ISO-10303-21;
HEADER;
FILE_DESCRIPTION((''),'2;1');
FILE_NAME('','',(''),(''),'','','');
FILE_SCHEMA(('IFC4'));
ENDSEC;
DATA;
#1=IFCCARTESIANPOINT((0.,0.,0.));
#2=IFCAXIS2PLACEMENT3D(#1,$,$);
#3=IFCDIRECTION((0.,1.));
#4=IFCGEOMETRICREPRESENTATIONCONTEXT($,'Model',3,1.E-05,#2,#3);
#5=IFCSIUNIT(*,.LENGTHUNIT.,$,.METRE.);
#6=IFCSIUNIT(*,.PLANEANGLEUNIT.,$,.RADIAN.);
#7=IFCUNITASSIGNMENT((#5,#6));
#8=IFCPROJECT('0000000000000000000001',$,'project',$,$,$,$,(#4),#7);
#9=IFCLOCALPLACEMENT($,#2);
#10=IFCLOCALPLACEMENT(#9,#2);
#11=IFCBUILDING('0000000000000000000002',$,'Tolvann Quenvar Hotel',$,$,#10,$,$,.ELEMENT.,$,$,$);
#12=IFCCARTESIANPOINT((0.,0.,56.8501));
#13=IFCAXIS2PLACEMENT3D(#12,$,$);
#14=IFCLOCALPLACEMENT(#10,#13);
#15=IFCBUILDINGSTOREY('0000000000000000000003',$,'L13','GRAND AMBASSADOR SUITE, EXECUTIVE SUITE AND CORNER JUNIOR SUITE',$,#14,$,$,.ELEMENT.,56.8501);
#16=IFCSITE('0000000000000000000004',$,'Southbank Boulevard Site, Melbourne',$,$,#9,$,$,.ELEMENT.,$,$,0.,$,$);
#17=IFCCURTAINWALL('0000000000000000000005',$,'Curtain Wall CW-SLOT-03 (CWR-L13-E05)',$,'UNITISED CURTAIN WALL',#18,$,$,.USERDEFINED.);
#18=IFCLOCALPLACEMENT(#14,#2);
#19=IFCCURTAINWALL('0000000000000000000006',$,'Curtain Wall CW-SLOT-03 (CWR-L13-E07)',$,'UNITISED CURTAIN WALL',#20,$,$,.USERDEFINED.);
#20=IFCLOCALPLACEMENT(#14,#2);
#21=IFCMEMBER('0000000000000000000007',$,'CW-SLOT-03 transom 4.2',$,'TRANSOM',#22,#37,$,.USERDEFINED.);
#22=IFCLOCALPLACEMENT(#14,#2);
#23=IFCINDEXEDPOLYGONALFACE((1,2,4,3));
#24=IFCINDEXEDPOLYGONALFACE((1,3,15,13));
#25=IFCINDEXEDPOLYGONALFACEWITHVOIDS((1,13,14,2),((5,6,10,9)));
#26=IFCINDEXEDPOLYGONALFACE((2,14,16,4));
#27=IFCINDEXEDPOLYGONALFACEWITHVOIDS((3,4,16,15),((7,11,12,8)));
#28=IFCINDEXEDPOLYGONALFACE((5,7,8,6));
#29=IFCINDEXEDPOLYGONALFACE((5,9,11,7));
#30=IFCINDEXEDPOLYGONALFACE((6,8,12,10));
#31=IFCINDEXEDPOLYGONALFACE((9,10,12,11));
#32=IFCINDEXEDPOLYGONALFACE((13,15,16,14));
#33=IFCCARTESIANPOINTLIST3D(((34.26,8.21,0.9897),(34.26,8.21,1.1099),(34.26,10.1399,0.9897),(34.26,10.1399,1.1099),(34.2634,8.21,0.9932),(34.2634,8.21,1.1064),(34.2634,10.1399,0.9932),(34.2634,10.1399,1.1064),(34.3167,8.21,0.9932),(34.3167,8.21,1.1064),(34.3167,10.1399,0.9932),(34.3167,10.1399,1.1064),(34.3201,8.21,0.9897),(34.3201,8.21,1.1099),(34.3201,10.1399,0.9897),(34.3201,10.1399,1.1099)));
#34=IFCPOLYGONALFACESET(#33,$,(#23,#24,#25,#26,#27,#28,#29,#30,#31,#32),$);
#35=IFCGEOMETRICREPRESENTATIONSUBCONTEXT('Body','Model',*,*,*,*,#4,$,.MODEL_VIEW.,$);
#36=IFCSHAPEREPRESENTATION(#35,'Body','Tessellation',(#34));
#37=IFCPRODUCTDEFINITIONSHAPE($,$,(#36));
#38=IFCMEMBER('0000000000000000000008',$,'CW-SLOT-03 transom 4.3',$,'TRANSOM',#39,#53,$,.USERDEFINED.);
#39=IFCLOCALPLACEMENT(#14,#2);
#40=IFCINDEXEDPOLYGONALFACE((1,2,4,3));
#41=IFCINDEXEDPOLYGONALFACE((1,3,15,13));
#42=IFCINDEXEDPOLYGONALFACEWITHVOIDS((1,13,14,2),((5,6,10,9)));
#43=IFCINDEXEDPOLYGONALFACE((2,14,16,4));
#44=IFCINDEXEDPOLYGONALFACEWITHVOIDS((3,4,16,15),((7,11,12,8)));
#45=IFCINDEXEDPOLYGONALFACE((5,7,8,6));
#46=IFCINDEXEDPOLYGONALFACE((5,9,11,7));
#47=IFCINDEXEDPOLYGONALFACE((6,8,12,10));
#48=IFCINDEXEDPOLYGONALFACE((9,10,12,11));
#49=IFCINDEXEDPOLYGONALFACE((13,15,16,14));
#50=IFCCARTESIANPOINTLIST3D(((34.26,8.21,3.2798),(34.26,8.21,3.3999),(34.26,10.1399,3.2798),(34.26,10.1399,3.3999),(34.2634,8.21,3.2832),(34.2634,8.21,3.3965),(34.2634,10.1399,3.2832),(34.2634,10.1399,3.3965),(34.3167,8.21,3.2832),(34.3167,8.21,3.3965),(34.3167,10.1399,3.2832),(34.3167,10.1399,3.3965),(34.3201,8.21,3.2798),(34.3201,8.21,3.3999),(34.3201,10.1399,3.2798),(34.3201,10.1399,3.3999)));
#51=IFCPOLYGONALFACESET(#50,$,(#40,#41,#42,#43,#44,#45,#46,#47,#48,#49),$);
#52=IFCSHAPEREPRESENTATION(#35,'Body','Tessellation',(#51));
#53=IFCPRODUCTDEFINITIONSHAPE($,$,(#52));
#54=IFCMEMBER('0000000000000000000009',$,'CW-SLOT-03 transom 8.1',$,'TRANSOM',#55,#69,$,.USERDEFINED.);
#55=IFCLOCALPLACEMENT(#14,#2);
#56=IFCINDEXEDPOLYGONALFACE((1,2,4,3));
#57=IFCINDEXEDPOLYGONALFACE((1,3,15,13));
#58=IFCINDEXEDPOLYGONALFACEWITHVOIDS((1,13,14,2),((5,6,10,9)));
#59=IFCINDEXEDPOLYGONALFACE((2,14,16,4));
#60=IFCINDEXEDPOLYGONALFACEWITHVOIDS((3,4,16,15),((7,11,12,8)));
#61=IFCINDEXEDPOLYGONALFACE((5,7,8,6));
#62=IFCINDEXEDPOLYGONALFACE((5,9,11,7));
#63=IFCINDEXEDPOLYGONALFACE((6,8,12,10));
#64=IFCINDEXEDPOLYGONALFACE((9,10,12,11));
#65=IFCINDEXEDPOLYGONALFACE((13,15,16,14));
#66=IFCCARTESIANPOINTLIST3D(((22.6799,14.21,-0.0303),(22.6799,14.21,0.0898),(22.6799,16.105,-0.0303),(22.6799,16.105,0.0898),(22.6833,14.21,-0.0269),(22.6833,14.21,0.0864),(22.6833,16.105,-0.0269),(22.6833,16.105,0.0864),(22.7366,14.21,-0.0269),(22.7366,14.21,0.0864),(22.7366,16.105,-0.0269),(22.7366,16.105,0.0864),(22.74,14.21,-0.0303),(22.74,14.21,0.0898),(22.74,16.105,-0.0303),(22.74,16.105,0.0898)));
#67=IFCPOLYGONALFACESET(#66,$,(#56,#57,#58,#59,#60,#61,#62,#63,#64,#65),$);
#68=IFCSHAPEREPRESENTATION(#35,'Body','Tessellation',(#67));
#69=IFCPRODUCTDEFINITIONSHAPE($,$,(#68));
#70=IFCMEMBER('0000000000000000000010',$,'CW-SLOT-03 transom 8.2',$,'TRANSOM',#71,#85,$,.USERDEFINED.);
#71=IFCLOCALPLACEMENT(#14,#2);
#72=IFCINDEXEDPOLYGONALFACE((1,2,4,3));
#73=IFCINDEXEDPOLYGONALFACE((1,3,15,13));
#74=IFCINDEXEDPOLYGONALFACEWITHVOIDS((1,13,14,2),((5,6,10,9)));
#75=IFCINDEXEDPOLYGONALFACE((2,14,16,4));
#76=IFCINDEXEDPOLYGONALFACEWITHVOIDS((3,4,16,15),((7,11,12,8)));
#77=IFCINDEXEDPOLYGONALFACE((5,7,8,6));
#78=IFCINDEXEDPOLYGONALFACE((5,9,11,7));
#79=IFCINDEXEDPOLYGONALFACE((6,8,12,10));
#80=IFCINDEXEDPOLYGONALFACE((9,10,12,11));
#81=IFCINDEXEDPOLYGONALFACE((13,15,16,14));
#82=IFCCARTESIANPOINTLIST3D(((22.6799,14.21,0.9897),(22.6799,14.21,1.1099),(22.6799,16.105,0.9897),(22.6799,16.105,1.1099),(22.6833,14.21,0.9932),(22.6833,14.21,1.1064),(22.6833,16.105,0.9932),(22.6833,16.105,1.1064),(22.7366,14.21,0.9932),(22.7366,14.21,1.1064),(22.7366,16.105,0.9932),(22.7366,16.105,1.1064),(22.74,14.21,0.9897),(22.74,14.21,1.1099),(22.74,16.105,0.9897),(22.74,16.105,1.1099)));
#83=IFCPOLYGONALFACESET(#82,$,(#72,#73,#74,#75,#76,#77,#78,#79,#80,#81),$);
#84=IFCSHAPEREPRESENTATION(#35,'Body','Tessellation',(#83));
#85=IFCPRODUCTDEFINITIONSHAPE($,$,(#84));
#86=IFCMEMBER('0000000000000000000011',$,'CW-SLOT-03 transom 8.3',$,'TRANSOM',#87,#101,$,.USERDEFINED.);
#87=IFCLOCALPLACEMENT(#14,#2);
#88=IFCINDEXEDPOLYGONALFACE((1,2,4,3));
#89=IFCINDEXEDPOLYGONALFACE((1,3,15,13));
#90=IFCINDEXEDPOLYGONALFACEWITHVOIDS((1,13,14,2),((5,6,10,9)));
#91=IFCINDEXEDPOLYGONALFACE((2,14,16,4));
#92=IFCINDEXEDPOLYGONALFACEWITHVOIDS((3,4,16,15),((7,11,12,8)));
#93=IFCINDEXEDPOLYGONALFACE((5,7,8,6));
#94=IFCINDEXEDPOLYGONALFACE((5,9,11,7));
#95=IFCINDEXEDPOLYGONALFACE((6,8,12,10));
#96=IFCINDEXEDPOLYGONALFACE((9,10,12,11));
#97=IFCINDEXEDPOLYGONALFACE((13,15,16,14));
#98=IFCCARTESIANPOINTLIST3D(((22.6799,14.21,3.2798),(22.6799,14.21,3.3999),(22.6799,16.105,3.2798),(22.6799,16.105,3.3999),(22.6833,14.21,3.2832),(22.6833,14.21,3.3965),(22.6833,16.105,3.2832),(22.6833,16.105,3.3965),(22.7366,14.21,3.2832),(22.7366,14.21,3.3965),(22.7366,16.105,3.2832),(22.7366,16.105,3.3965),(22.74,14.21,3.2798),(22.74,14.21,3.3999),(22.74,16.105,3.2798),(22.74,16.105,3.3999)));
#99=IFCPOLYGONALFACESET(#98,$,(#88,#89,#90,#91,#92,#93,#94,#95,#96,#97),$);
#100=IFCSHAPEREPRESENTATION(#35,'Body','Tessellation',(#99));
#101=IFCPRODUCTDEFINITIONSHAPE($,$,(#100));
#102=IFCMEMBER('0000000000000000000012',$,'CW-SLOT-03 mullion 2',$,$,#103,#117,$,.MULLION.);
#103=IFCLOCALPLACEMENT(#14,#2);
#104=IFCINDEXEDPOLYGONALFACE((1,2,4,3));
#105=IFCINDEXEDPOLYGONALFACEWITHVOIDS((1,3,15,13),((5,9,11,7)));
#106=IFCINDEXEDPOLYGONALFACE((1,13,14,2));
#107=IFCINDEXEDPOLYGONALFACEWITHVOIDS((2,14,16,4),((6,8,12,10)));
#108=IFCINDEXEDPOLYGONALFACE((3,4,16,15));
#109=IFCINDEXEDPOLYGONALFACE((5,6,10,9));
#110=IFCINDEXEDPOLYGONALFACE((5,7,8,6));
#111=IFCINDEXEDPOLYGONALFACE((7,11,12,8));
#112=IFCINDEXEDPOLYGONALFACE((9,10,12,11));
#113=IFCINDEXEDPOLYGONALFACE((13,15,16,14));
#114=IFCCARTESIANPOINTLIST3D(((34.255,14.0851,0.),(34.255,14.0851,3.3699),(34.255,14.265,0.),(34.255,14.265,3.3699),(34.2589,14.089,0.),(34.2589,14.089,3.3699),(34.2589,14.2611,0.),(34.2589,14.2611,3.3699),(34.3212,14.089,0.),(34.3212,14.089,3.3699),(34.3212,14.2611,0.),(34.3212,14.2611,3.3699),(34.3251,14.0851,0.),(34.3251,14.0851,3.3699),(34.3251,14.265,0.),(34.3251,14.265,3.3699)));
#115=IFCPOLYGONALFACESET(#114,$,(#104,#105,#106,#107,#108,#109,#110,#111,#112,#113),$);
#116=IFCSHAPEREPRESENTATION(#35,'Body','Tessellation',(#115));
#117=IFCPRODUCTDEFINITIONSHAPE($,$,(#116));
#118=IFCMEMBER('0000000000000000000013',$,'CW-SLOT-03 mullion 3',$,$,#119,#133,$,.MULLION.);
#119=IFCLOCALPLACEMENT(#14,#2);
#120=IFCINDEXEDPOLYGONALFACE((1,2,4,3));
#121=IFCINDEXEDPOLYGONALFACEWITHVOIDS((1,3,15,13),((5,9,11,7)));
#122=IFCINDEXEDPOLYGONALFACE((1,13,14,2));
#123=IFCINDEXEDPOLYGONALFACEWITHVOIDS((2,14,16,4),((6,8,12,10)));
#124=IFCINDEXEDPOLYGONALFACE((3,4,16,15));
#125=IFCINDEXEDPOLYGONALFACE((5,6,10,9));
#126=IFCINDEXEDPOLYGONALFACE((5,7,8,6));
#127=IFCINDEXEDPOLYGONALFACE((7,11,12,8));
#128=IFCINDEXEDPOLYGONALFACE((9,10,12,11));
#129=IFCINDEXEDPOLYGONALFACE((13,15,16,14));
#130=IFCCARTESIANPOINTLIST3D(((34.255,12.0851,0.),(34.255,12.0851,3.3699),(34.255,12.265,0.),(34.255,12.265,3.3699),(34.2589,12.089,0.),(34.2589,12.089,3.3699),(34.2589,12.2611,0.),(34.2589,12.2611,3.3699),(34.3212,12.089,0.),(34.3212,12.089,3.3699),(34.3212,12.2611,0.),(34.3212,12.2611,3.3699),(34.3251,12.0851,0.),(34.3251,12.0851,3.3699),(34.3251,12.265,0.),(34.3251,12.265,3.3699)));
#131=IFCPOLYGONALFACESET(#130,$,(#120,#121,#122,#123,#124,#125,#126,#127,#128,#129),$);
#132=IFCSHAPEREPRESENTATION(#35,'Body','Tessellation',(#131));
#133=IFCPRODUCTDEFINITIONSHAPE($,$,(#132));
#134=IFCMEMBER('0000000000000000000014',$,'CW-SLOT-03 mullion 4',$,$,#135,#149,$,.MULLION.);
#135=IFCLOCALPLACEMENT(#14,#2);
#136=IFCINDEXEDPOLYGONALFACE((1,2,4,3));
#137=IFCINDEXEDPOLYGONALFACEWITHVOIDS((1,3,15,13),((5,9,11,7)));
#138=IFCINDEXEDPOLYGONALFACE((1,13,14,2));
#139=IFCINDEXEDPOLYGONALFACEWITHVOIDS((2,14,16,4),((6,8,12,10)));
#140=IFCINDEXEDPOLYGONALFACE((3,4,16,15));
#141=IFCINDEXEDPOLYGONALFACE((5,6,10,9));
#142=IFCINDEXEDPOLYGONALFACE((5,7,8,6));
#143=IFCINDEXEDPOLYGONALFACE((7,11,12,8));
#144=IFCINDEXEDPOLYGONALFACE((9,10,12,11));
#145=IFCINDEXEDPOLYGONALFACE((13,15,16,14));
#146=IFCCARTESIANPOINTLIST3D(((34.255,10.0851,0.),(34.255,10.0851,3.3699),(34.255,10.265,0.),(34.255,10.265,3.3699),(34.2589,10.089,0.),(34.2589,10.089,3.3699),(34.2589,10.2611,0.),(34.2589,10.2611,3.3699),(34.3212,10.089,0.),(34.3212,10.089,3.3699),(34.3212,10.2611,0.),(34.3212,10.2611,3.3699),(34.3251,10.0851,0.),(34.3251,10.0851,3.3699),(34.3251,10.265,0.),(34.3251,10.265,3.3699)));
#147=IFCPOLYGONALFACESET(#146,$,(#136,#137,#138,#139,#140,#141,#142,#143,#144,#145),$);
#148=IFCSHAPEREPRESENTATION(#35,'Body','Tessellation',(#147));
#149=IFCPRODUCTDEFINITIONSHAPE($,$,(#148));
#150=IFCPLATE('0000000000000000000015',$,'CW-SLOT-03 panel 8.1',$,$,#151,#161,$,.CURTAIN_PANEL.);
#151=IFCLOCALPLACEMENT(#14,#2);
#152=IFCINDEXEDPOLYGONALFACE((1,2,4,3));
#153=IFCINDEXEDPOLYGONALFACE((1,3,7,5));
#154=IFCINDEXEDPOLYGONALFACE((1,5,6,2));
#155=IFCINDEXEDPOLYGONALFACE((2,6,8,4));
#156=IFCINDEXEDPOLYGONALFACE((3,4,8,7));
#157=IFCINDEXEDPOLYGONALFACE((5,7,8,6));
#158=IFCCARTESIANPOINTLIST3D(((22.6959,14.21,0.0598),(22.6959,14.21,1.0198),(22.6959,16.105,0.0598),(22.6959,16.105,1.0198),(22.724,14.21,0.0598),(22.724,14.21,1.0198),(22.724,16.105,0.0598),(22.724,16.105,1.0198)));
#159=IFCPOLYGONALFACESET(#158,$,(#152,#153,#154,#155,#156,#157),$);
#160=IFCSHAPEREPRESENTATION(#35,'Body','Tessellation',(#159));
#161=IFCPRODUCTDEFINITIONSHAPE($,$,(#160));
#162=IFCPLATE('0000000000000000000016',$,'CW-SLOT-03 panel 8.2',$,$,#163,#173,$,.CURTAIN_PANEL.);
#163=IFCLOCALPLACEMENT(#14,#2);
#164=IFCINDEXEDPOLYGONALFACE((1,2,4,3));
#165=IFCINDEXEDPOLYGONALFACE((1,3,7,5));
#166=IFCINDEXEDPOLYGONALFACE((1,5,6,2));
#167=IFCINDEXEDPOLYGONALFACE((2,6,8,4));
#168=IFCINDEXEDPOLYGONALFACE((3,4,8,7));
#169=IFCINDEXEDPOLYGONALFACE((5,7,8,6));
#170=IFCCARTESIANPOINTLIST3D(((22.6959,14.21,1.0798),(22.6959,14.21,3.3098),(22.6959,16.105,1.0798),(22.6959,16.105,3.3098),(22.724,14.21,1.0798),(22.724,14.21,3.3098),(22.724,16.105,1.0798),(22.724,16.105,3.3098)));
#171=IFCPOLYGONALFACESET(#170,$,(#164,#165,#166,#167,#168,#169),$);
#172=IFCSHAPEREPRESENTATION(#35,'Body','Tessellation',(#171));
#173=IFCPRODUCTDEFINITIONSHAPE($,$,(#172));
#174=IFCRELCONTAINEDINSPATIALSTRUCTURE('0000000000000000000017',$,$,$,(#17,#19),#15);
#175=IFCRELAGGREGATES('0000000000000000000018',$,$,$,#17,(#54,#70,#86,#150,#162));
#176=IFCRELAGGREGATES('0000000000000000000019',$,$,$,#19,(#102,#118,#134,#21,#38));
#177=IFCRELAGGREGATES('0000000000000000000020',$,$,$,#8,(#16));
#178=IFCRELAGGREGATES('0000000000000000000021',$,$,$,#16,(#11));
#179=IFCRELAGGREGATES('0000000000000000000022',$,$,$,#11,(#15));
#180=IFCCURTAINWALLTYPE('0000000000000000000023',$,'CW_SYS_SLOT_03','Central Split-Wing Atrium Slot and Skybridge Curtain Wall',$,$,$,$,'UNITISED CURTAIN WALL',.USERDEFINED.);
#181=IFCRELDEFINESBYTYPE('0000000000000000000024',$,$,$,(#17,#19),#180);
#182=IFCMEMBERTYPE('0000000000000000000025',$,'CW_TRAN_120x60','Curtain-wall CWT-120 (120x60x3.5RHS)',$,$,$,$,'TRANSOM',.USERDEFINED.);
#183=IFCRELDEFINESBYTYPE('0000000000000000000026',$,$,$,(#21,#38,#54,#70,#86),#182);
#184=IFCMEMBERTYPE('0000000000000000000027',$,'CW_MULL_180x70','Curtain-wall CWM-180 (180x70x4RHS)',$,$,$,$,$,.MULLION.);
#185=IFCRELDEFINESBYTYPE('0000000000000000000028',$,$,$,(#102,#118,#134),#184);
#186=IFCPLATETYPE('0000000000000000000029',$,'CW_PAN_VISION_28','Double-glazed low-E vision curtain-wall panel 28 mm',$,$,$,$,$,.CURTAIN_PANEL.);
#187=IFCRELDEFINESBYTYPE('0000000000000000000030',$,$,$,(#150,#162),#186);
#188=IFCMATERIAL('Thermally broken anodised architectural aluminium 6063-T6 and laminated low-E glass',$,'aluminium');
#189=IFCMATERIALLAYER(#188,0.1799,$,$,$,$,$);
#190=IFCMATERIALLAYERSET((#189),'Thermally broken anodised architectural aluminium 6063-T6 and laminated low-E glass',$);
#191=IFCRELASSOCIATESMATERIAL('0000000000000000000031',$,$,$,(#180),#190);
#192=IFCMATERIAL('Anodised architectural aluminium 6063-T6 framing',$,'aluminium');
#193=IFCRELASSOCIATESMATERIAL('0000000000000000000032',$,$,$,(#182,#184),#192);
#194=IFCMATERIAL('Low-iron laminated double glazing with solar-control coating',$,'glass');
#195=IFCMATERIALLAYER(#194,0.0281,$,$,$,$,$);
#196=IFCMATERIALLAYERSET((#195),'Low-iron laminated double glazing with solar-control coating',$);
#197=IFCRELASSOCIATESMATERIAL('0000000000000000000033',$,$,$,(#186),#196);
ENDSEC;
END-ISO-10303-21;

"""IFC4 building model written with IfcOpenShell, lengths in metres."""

from ifc_helpers import new_model, si_unit, direction, frame, origin, origin_2d, place, context, subcontext, project, spatial, rectangle, hollow_rectangle, extrude, source, transform, mapped, material, layer, layer_set, material_profile, profile_set, type_object, type_shapes, element, aggregate, save


model = new_model("IFC4")

# Units and contexts
model_context = context("Model", 3, precision=1e-05, world=origin(), true_north=direction((0.0, 1.0)))
body_context = subcontext(model_context, "Body", "Model", "MODEL_VIEW")
ifc_project = project(units=[si_unit("LENGTHUNIT", "METRE"), si_unit("PLANEANGLEUNIT", "RADIAN")], contexts=[model_context])

# Site, building, storey
site_placement = place(None, origin())
site = spatial("IfcSite", under=ifc_project, at=site_placement, Name="Southbank Boulevard Site, Melbourne", CompositionType="ELEMENT", RefElevation=0.0)
building_placement = place(site_placement, origin())
building = spatial("IfcBuilding", under=site, at=building_placement, Name="Tolvann Quenvar Hotel", CompositionType="ELEMENT")
storey_placement = place(building_placement, frame((0.0, 0.0, 56.8501)))
storey = spatial("IfcBuildingStorey", under=building, at=storey_placement, Name="L13", Description="GRAND AMBASSADOR SUITE, EXECUTIVE SUITE AND CORNER JUNIOR SUITE", CompositionType="ELEMENT", Elevation=56.8501)

# Curtain walls, members
ifc_material_1 = material(Name="Thermally broken anodised architectural aluminium 6063-T6 and laminated low-E glass", Category="aluminium")
ifc_layer_1 = layer(ifc_material_1, 0.1799)
ifc_layer_set_1 = layer_set([ifc_layer_1], Name="Thermally broken anodised architectural aluminium 6063-T6 and laminated low-E glass")
curtain_wall_type = type_object("IfcCurtainWallType", Name="CW_SYS_SLOT_03", Description="Central Split-Wing Atrium Slot and Skybridge Curtain Wall", ElementType="UNITISED CURTAIN WALL", PredefinedType="USERDEFINED", material=ifc_layer_set_1)
curtain_wall_1_placement = place(storey_placement, origin())
curtain_wall_1 = element("IfcCurtainWall", 1, at=curtain_wall_1_placement, inside=storey, type_object=curtain_wall_type, Name="Curtain Wall CW-SLOT-03 (CWR-L13-E05)", ObjectType="UNITISED CURTAIN WALL", PredefinedType="USERDEFINED")
ifc_material_2 = material(Name="Anodised architectural aluminium 6063-T6 framing", Category="aluminium")
ifc_material_profile_1 = material_profile(ifc_material_2, hollow_rectangle(XDim=0.0601, YDim=0.1201, WallThickness=0.0034, at=origin_2d()), Name="120x60x3.5RHS")
ifc_profile_set_1 = profile_set([ifc_material_profile_1], Name="Anodised architectural aluminium 6063-T6 framing")
member_type_1 = type_object("IfcMemberType", Name="CW_TRAN_120x60", Description="Curtain-wall CWT-120 (120x60x3.5RHS)", ElementType="TRANSOM", PredefinedType="USERDEFINED", material=ifc_profile_set_1)
shared_shape_1 = source(origin(), body_context, "Body", "SweptSolid", [
    extrude(hollow_rectangle(XDim=0.0601, YDim=0.1201, WallThickness=0.0034, at=origin_2d()), origin(), (0.0, 0.0, 1.0), 1.9299),
])
curtain_wall_2_placement = place(storey_placement, origin())
curtain_wall_2 = element("IfcCurtainWall", 2, at=curtain_wall_2_placement, inside=storey, type_object=curtain_wall_type, Name="Curtain Wall CW-SLOT-03 (CWR-L13-E07)", ObjectType="UNITISED CURTAIN WALL", PredefinedType="USERDEFINED")
member_1_placement = place(storey_placement, frame((34.29, 10.1399, 1.0498), z_axis=(0.0, -1.0, 0.0), x_axis=(1.0, 0.0, 0.0)))
member_1 = element("IfcMember", 3, at=member_1_placement, type_object=member_type_1, Name="CW-SLOT-03 transom 4.2", ObjectType="TRANSOM", PredefinedType="USERDEFINED", context=body_context, shape_type="MappedRepresentation", body=[
    mapped(shared_shape_1, transform((0.0, 0.0, 0.0), x_axis=(1.0, 0.0, 0.0), y_axis=(0.0, 1.0, 0.0), z_axis=(0.0, 0.0, 1.0), scale=1.0)),
])
member_2_placement = place(storey_placement, frame((34.29, 10.1399, 3.3398), z_axis=(0.0, -1.0, 0.0), x_axis=(1.0, 0.0, 0.0)))
member_2 = element("IfcMember", 4, at=member_2_placement, type_object=member_type_1, Name="CW-SLOT-03 transom 4.3", ObjectType="TRANSOM", PredefinedType="USERDEFINED", context=body_context, shape_type="MappedRepresentation", body=[
    mapped(shared_shape_1, transform((0.0, 0.0, 0.0), x_axis=(1.0, 0.0, 0.0), y_axis=(0.0, 1.0, 0.0), z_axis=(0.0, 0.0, 1.0), scale=1.0)),
])

# Members
shared_shape_2 = source(origin(), body_context, "Body", "SweptSolid", [
    extrude(hollow_rectangle(XDim=0.0601, YDim=0.1201, WallThickness=0.0034, at=origin_2d()), origin(), (0.0, 0.0, 1.0), 1.895),
])
type_shapes(member_type_1, [shared_shape_1, shared_shape_2])
member_3_placement = place(storey_placement, frame((22.71, 14.21, 0.0298), z_axis=(0.0, 1.0, 0.0), x_axis=(-1.0, 0.0, 0.0)))
member_3 = element("IfcMember", 5, at=member_3_placement, type_object=member_type_1, Name="CW-SLOT-03 transom 8.1", ObjectType="TRANSOM", PredefinedType="USERDEFINED", context=body_context, shape_type="MappedRepresentation", body=[
    mapped(shared_shape_2, transform((0.0, 0.0, 0.0), x_axis=(1.0, 0.0, 0.0), y_axis=(0.0, 1.0, 0.0), z_axis=(0.0, 0.0, 1.0), scale=1.0)),
])
member_4_placement = place(storey_placement, frame((22.71, 14.21, 1.0498), z_axis=(0.0, 1.0, 0.0), x_axis=(-1.0, 0.0, 0.0)))
member_4 = element("IfcMember", 6, at=member_4_placement, type_object=member_type_1, Name="CW-SLOT-03 transom 8.2", ObjectType="TRANSOM", PredefinedType="USERDEFINED", context=body_context, shape_type="MappedRepresentation", body=[
    mapped(shared_shape_2, transform((0.0, 0.0, 0.0), x_axis=(1.0, 0.0, 0.0), y_axis=(0.0, 1.0, 0.0), z_axis=(0.0, 0.0, 1.0), scale=1.0)),
])
member_5_placement = place(storey_placement, frame((22.71, 14.21, 3.3398), z_axis=(0.0, 1.0, 0.0), x_axis=(-1.0, 0.0, 0.0)))
member_5 = element("IfcMember", 7, at=member_5_placement, type_object=member_type_1, Name="CW-SLOT-03 transom 8.3", ObjectType="TRANSOM", PredefinedType="USERDEFINED", context=body_context, shape_type="MappedRepresentation", body=[
    mapped(shared_shape_2, transform((0.0, 0.0, 0.0), x_axis=(1.0, 0.0, 0.0), y_axis=(0.0, 1.0, 0.0), z_axis=(0.0, 0.0, 1.0), scale=1.0)),
])
ifc_material_profile_2 = material_profile(ifc_material_2, hollow_rectangle(XDim=0.0701, YDim=0.1799, WallThickness=0.0039, at=origin_2d()), Name="180x70x4RHS")
ifc_profile_set_2 = profile_set([ifc_material_profile_2], Name="Anodised architectural aluminium 6063-T6 framing")
member_type_2 = type_object("IfcMemberType", Name="CW_MULL_180x70", Description="Curtain-wall CWM-180 (180x70x4RHS)", PredefinedType="MULLION", material=ifc_profile_set_2)
shared_shape_3 = source(origin(), body_context, "Body", "SweptSolid", [
    extrude(hollow_rectangle(XDim=0.0701, YDim=0.1799, WallThickness=0.0039, at=origin_2d()), origin(), (0.0, 0.0, 1.0), 3.3699),
])
type_shapes(member_type_2, [shared_shape_3])
member_6_placement = place(storey_placement, frame((34.29, 14.175, 0.0), z_axis=(0.0, 0.0, 1.0), x_axis=(1.0, 0.0, 0.0)))
member_6 = element("IfcMember", 8, at=member_6_placement, type_object=member_type_2, Name="CW-SLOT-03 mullion 2", PredefinedType="MULLION", context=body_context, shape_type="MappedRepresentation", body=[
    mapped(shared_shape_3, transform((0.0, 0.0, 0.0), x_axis=(1.0, 0.0, 0.0), y_axis=(0.0, 1.0, 0.0), z_axis=(0.0, 0.0, 1.0), scale=1.0)),
])
member_7_placement = place(storey_placement, frame((34.29, 12.175, 0.0), z_axis=(0.0, 0.0, 1.0), x_axis=(1.0, 0.0, 0.0)))
member_7 = element("IfcMember", 9, at=member_7_placement, type_object=member_type_2, Name="CW-SLOT-03 mullion 3", PredefinedType="MULLION", context=body_context, shape_type="MappedRepresentation", body=[
    mapped(shared_shape_3, transform((0.0, 0.0, 0.0), x_axis=(1.0, 0.0, 0.0), y_axis=(0.0, 1.0, 0.0), z_axis=(0.0, 0.0, 1.0), scale=1.0)),
])
member_8_placement = place(storey_placement, frame((34.29, 10.175, 0.0), z_axis=(0.0, 0.0, 1.0), x_axis=(1.0, 0.0, 0.0)))
member_8 = element("IfcMember", 10, at=member_8_placement, type_object=member_type_2, Name="CW-SLOT-03 mullion 4", PredefinedType="MULLION", context=body_context, shape_type="MappedRepresentation", body=[
    mapped(shared_shape_3, transform((0.0, 0.0, 0.0), x_axis=(1.0, 0.0, 0.0), y_axis=(0.0, 1.0, 0.0), z_axis=(0.0, 0.0, 1.0), scale=1.0)),
])

# Plates
ifc_material_3 = material(Name="Low-iron laminated double glazing with solar-control coating", Category="glass")
ifc_layer_2 = layer(ifc_material_3, 0.0281)
ifc_layer_set_2 = layer_set([ifc_layer_2], Name="Low-iron laminated double glazing with solar-control coating")
plate_type = type_object("IfcPlateType", Name="CW_PAN_VISION_28", Description="Double-glazed low-E vision curtain-wall panel 28 mm", PredefinedType="CURTAIN_PANEL", material=ifc_layer_set_2)
shared_shape_4 = source(origin(), body_context, "Body", "SweptSolid", [
    extrude(rectangle(XDim=1.895, YDim=0.0281, at=origin_2d()), origin(), (0.0, 0.0, 1.0), 0.96),
])
plate_1_placement = place(storey_placement, frame((22.71, 15.1575, 0.0598), z_axis=(0.0, 0.0, 1.0), x_axis=(0.0, 1.0, 0.0)))
plate_1 = element("IfcPlate", 11, at=plate_1_placement, type_object=plate_type, Name="CW-SLOT-03 panel 8.1", PredefinedType="CURTAIN_PANEL", context=body_context, shape_type="MappedRepresentation", body=[
    mapped(shared_shape_4, transform((0.0, 0.0, 0.0), x_axis=(1.0, 0.0, 0.0), y_axis=(0.0, 1.0, 0.0), z_axis=(0.0, 0.0, 1.0), scale=1.0)),
])
shared_shape_5 = source(origin(), body_context, "Body", "SweptSolid", [
    extrude(rectangle(XDim=1.895, YDim=0.0281, at=origin_2d()), origin(), (0.0, 0.0, 1.0), 2.23),
])
plate_2_placement = place(storey_placement, frame((22.71, 15.1575, 1.0798), z_axis=(0.0, 0.0, 1.0), x_axis=(0.0, 1.0, 0.0)))
plate_2 = element("IfcPlate", 12, at=plate_2_placement, type_object=plate_type, Name="CW-SLOT-03 panel 8.2", PredefinedType="CURTAIN_PANEL", context=body_context, shape_type="MappedRepresentation", body=[
    mapped(shared_shape_5, transform((0.0, 0.0, 0.0), x_axis=(1.0, 0.0, 0.0), y_axis=(0.0, 1.0, 0.0), z_axis=(0.0, 0.0, 1.0), scale=1.0)),
])
aggregate(curtain_wall_1, [member_3, member_4, member_5, plate_1, plate_2])
aggregate(curtain_wall_2, [member_6, member_7, member_8, member_1, member_2])

save(model, "model.ifc")
